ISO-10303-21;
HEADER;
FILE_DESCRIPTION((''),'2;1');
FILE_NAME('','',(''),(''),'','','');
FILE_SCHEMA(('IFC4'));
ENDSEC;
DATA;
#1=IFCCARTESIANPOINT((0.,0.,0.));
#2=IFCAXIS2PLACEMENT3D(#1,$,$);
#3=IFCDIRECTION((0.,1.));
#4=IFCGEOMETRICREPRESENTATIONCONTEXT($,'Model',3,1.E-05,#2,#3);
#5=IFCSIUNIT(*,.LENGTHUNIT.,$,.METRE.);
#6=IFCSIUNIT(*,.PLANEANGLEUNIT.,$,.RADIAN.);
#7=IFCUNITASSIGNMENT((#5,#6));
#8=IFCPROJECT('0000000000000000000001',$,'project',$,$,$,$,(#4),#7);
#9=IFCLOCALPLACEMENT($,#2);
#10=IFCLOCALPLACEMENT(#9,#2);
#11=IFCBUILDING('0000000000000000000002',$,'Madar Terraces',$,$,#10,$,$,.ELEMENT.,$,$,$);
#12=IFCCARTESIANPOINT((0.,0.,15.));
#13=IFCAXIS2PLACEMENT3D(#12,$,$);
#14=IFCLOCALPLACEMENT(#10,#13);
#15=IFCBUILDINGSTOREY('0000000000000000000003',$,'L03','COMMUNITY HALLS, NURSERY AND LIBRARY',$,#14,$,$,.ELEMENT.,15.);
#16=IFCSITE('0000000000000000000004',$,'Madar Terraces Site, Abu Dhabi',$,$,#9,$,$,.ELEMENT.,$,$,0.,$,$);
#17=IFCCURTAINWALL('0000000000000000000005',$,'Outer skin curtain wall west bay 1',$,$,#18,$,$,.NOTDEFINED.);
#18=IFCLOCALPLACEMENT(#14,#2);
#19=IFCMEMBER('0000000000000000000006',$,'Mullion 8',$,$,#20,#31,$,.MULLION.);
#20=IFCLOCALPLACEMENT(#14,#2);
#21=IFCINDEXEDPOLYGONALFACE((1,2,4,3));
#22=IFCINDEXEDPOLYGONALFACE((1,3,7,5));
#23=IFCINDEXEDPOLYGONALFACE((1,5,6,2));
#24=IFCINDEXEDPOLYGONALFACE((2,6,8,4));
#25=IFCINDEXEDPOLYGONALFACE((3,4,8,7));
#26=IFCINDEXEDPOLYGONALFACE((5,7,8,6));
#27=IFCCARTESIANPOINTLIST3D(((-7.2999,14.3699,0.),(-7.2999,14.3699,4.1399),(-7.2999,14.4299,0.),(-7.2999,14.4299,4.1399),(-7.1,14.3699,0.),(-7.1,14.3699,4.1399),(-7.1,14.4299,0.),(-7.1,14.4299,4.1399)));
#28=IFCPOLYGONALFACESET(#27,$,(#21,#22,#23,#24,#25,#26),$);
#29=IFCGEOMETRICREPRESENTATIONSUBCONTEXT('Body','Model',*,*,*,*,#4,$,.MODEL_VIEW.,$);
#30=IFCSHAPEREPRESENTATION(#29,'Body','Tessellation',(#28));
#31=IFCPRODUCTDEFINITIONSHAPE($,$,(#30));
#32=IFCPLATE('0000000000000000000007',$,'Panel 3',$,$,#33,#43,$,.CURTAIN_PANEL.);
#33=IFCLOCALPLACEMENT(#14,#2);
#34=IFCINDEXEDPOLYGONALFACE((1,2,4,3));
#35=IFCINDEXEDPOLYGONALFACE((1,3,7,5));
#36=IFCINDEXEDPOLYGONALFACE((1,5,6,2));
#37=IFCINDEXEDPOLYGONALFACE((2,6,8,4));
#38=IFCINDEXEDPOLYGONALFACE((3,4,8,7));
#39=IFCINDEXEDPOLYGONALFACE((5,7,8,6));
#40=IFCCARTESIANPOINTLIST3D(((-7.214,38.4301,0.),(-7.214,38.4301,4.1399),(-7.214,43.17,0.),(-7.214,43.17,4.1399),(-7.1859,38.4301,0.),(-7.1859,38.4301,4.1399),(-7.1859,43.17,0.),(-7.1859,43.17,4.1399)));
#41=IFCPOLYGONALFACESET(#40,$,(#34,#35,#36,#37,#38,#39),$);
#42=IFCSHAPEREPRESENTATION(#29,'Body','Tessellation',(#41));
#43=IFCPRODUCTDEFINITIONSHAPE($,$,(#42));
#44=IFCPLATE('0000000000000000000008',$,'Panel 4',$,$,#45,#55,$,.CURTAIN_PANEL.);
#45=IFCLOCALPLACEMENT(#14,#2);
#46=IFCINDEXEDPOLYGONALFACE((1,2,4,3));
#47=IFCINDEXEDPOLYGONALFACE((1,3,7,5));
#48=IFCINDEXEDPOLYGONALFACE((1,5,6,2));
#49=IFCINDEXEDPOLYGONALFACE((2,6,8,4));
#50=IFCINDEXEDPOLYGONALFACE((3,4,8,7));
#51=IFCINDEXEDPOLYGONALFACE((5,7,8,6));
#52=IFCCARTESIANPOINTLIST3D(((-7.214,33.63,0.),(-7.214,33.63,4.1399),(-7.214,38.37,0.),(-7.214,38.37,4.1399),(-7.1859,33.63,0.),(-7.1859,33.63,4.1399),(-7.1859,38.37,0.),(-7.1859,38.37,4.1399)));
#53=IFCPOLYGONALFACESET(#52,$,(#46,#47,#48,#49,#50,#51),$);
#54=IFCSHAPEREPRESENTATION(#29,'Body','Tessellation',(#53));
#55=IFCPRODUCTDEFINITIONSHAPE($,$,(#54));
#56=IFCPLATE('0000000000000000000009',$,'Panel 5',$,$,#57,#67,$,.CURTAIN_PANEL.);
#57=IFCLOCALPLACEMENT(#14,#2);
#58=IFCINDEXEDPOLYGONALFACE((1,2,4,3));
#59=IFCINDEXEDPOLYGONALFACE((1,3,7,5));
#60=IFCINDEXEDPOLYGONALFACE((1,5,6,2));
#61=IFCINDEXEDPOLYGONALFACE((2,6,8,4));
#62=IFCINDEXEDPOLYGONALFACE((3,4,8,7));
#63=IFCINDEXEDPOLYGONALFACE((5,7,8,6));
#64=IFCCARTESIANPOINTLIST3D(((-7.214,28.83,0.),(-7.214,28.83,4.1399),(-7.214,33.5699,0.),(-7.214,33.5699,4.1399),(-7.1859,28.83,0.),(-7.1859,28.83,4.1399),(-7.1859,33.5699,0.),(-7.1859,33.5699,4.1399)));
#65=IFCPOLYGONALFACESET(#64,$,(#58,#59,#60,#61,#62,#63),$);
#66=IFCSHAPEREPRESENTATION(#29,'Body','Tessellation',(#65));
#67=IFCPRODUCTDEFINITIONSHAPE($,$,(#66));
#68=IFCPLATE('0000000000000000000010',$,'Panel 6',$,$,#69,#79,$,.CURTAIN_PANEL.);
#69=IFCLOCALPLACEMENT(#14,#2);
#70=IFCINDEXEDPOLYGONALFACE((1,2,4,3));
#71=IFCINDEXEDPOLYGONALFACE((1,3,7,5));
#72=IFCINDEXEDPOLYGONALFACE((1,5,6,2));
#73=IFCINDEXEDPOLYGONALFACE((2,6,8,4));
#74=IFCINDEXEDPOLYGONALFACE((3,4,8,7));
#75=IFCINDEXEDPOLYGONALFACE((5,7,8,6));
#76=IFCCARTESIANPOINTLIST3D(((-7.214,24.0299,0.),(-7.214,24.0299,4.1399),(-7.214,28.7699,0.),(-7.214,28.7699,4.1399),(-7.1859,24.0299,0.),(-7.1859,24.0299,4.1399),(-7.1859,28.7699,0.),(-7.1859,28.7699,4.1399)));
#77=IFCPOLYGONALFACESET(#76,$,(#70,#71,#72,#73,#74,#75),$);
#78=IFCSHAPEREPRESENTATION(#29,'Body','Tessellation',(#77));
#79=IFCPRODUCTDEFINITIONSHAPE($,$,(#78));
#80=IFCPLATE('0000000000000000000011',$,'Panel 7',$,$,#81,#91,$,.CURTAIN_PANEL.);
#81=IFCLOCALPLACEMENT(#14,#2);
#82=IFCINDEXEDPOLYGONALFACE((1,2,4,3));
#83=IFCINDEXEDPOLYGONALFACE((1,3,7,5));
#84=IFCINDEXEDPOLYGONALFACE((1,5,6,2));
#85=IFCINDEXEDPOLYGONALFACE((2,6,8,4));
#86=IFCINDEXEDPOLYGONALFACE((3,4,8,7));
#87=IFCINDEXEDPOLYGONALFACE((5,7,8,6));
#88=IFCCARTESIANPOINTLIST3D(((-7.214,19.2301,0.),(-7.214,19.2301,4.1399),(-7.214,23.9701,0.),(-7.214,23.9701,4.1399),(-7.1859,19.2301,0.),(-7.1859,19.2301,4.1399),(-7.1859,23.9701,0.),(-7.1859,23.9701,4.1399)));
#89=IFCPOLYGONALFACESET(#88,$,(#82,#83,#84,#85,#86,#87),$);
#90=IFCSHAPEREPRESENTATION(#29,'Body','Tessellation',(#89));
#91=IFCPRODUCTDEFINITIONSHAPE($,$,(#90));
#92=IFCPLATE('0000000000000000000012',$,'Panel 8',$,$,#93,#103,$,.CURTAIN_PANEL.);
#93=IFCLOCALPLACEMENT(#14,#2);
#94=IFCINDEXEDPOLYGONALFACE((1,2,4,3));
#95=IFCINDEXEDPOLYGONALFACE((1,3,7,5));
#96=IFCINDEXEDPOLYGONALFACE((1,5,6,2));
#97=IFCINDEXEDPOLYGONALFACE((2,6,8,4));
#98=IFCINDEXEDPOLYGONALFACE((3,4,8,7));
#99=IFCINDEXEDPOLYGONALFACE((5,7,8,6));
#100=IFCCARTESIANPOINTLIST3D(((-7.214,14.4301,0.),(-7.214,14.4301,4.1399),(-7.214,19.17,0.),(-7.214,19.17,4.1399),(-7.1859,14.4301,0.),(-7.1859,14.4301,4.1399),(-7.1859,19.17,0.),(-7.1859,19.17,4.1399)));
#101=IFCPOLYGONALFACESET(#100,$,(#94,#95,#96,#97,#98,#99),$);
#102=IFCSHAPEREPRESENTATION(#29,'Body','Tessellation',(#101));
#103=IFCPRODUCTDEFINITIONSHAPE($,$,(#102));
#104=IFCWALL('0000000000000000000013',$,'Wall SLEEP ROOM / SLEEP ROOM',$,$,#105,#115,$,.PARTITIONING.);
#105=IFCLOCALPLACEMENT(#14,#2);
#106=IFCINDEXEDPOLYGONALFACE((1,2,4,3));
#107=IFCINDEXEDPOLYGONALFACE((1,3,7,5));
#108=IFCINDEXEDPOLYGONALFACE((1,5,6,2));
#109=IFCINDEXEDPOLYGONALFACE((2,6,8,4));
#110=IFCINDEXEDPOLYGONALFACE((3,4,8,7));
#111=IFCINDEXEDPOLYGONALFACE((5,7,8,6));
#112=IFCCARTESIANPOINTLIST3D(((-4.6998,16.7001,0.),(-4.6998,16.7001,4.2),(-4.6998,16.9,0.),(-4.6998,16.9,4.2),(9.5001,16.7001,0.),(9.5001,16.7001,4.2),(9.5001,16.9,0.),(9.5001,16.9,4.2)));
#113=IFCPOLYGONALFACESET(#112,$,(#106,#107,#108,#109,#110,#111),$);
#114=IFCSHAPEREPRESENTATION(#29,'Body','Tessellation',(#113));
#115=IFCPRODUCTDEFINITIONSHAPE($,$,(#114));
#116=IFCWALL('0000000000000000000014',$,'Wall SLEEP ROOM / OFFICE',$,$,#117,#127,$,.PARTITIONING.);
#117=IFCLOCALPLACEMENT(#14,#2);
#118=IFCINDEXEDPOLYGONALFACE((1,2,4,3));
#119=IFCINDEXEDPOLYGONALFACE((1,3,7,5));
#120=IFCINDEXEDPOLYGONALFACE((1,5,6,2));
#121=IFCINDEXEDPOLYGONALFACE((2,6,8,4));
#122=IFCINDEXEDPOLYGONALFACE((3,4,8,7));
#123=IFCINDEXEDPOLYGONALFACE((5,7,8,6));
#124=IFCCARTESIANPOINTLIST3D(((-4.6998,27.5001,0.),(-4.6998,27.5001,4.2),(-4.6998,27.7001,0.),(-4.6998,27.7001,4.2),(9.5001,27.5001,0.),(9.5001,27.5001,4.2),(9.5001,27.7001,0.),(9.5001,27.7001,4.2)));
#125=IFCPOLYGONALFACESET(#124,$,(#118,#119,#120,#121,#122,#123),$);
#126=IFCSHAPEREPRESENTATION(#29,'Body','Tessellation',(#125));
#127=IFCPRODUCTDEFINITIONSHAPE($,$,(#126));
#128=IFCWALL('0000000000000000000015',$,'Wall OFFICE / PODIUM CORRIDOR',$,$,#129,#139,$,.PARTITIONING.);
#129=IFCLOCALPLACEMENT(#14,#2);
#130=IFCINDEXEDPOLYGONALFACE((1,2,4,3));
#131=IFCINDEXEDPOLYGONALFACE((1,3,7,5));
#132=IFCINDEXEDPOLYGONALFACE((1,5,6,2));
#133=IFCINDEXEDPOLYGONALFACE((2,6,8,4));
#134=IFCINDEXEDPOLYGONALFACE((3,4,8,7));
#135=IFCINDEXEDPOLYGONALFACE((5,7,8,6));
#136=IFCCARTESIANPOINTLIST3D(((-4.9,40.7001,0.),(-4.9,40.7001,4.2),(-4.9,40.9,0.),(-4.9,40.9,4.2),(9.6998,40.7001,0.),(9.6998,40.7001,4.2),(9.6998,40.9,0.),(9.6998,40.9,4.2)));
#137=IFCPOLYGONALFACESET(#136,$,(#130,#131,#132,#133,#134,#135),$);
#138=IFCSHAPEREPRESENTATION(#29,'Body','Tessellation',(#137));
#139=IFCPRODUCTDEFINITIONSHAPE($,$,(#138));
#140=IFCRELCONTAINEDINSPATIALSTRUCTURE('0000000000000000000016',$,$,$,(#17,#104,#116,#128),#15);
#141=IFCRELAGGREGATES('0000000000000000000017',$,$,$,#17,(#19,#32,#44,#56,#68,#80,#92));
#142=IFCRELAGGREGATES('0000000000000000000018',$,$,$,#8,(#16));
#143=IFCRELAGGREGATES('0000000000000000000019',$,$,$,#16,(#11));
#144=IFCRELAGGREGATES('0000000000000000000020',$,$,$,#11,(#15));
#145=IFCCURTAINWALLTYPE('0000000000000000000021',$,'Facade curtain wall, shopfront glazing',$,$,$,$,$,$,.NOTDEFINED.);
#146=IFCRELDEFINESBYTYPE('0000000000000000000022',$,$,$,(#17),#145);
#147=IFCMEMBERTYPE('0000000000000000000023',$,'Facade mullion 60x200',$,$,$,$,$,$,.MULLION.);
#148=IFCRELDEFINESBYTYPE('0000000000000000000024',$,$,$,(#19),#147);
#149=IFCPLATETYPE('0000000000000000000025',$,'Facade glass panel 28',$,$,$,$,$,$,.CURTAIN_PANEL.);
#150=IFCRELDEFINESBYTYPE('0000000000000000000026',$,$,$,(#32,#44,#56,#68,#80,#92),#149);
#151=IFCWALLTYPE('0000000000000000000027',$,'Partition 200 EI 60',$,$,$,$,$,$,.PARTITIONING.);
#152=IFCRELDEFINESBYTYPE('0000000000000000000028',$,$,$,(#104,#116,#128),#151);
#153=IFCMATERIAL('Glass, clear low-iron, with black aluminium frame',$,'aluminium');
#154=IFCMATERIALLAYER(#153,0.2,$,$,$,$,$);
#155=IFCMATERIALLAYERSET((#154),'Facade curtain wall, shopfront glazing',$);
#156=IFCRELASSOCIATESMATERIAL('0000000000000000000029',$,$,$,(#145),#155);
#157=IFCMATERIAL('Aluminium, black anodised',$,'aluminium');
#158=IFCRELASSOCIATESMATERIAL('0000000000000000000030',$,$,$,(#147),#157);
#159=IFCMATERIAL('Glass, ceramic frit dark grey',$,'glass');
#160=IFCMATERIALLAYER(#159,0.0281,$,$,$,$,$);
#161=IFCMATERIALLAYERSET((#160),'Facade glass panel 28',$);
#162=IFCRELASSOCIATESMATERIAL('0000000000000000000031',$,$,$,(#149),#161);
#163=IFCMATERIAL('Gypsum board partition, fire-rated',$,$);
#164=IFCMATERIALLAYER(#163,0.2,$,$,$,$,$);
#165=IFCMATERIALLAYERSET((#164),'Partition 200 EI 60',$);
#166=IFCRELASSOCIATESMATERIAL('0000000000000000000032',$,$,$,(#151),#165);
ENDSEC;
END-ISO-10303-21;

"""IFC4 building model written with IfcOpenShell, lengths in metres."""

from ifc_helpers import new_model, si_unit, direction, frame, frame_2d, origin, origin_2d, place, context, subcontext, project, spatial, rectangle, extrude, material, layer, layer_set, material_profile, profile_set, type_object, element, aggregate, save


model = new_model("IFC4")

# Units and contexts
model_context = context("Model", 3, precision=1e-05, world=origin(), true_north=direction((0.0, 1.0)))
body_context = subcontext(model_context, "Body", "Model", "MODEL_VIEW")
ifc_project = project(units=[si_unit("LENGTHUNIT", "METRE"), si_unit("PLANEANGLEUNIT", "RADIAN")], contexts=[model_context])

# Site, building, storey
site_placement = place(None, origin())
site = spatial("IfcSite", under=ifc_project, at=site_placement, Name="Madar Terraces Site, Abu Dhabi", CompositionType="ELEMENT", RefElevation=0.0)
building_placement = place(site_placement, origin())
building = spatial("IfcBuilding", under=site, at=building_placement, Name="Madar Terraces", CompositionType="ELEMENT")
storey_placement = place(building_placement, frame((0.0, 0.0, 15.0)))
storey = spatial("IfcBuildingStorey", under=building, at=storey_placement, Name="L03", Description="COMMUNITY HALLS, NURSERY AND LIBRARY", CompositionType="ELEMENT", Elevation=15.0)

# Curtain wall, member, plates
ifc_material_1 = material(Name="Glass, clear low-iron, with black aluminium frame", Category="aluminium")
ifc_layer_1 = layer(ifc_material_1, 0.2)
ifc_layer_set_1 = layer_set([ifc_layer_1], Name="Facade curtain wall, shopfront glazing")
curtain_wall_type = type_object("IfcCurtainWallType", Name="Facade curtain wall, shopfront glazing", PredefinedType="NOTDEFINED", material=ifc_layer_set_1)
curtain_wall_placement = place(storey_placement, origin())
curtain_wall = element("IfcCurtainWall", 1, at=curtain_wall_placement, inside=storey, type_object=curtain_wall_type, Name="Outer skin curtain wall west bay 1", PredefinedType="NOTDEFINED")
ifc_material_2 = material(Name="Aluminium, black anodised", Category="aluminium")
ifc_material_profile_1 = material_profile(ifc_material_2, rectangle(XDim=0.2, YDim=0.0601, at=origin_2d()), Name="Facade mullion 60x200")
ifc_profile_set_1 = profile_set([ifc_material_profile_1], Name="Aluminium, black anodised")
member_type = type_object("IfcMemberType", Name="Facade mullion 60x200", PredefinedType="MULLION", material=ifc_profile_set_1)
member_1_placement = place(storey_placement, frame((-7.2, 14.3999, 0.0), z_axis=(0.0, 0.0, 1.0), x_axis=(1.0, 0.0, 0.0)))
member_1 = element("IfcMember", 2, at=member_1_placement, type_object=member_type, Name="Mullion 8", PredefinedType="MULLION", context=body_context, shape_type="SweptSolid", body=[
    extrude(rectangle(XDim=0.2, YDim=0.0601, at=origin_2d()), origin(), (0.0, 0.0, 1.0), 4.1399),
])
ifc_material_3 = material(Name="Glass, ceramic frit dark grey", Category="glass")
ifc_layer_2 = layer(ifc_material_3, 0.0281)
ifc_layer_set_2 = layer_set([ifc_layer_2], Name="Facade glass panel 28")
plate_type = type_object("IfcPlateType", Name="Facade glass panel 28", PredefinedType="CURTAIN_PANEL", material=ifc_layer_set_2)
plate_1_placement = place(storey_placement, frame((-7.2, 40.8, 0.0), z_axis=(0.0, 0.0, 1.0), x_axis=(0.0, -1.0, 0.0)))
plate_1 = element("IfcPlate", 3, at=plate_1_placement, type_object=plate_type, Name="Panel 3", PredefinedType="CURTAIN_PANEL", context=body_context, shape_type="SweptSolid", body=[
    extrude(rectangle(XDim=4.74, YDim=0.0281, at=origin_2d()), origin(), (0.0, 0.0, 1.0), 4.1399),
])
plate_2_placement = place(storey_placement, frame((-7.2, 36.0, 0.0), z_axis=(0.0, 0.0, 1.0), x_axis=(0.0, -1.0, 0.0)))
plate_2 = element("IfcPlate", 4, at=plate_2_placement, type_object=plate_type, Name="Panel 4", PredefinedType="CURTAIN_PANEL", context=body_context, shape_type="SweptSolid", body=[
    extrude(rectangle(XDim=4.74, YDim=0.0281, at=origin_2d()), origin(), (0.0, 0.0, 1.0), 4.1399),
])
plate_3_placement = place(storey_placement, frame((-7.2, 31.2, 0.0), z_axis=(0.0, 0.0, 1.0), x_axis=(0.0, -1.0, 0.0)))
plate_3 = element("IfcPlate", 5, at=plate_3_placement, type_object=plate_type, Name="Panel 5", PredefinedType="CURTAIN_PANEL", context=body_context, shape_type="SweptSolid", body=[
    extrude(rectangle(XDim=4.74, YDim=0.0281, at=origin_2d()), origin(), (0.0, 0.0, 1.0), 4.1399),
])
plate_4_placement = place(storey_placement, frame((-7.2, 26.3999, 0.0), z_axis=(0.0, 0.0, 1.0), x_axis=(0.0, -1.0, 0.0)))
plate_4 = element("IfcPlate", 6, at=plate_4_placement, type_object=plate_type, Name="Panel 6", PredefinedType="CURTAIN_PANEL", context=body_context, shape_type="SweptSolid", body=[
    extrude(rectangle(XDim=4.74, YDim=0.0281, at=origin_2d()), origin(), (0.0, 0.0, 1.0), 4.1399),
])
plate_5_placement = place(storey_placement, frame((-7.2, 21.6001, 0.0), z_axis=(0.0, 0.0, 1.0), x_axis=(0.0, -1.0, 0.0)))
plate_5 = element("IfcPlate", 7, at=plate_5_placement, type_object=plate_type, Name="Panel 7", PredefinedType="CURTAIN_PANEL", context=body_context, shape_type="SweptSolid", body=[
    extrude(rectangle(XDim=4.74, YDim=0.0281, at=origin_2d()), origin(), (0.0, 0.0, 1.0), 4.1399),
])
plate_6_placement = place(storey_placement, frame((-7.2, 16.8, 0.0), z_axis=(0.0, 0.0, 1.0), x_axis=(0.0, -1.0, 0.0)))
plate_6 = element("IfcPlate", 8, at=plate_6_placement, type_object=plate_type, Name="Panel 8", PredefinedType="CURTAIN_PANEL", context=body_context, shape_type="SweptSolid", body=[
    extrude(rectangle(XDim=4.74, YDim=0.0281, at=origin_2d()), origin(), (0.0, 0.0, 1.0), 4.1399),
])
aggregate(curtain_wall, [member_1, plate_1, plate_2, plate_3, plate_4, plate_5, plate_6])

# Walls
ifc_material_4 = material(Name="Gypsum board partition, fire-rated")
ifc_layer_3 = layer(ifc_material_4, 0.2)
ifc_layer_set_3 = layer_set([ifc_layer_3], Name="Partition 200 EI 60")
wall_type = type_object("IfcWallType", Name="Partition 200 EI 60", PredefinedType="PARTITIONING", material=ifc_layer_set_3)
for number, where, z_axis, x_axis, name in (
    (9, (-4.7, 16.8, 0.0), (0.0, 0.0, 1.0), (1.0, 0.0, 0.0), "Wall SLEEP ROOM / SLEEP ROOM"),
    (10, (-4.7, 27.6001, 0.0), (0.0, 0.0, 1.0), (1.0, 0.0, 0.0), "Wall SLEEP ROOM / OFFICE"),
):
    element("IfcWall", number, at=place(storey_placement, frame(where, z_axis=z_axis, x_axis=x_axis)), inside=storey, type_object=wall_type, Name=name, PredefinedType="PARTITIONING", context=body_context, shape_type="SweptSolid", body=[
        extrude(rectangle(XDim=14.2, YDim=0.2, at=frame_2d((7.1001, 0.0))), origin(), (0.0, 0.0, 1.0), 4.2),
    ])
wall_1_placement = place(storey_placement, frame((-4.8999, 40.8, 0.0), z_axis=(0.0, 0.0, 1.0), x_axis=(1.0, 0.0, 0.0)))
element("IfcWall", 11, at=wall_1_placement, inside=storey, type_object=wall_type, Name="Wall OFFICE / PODIUM CORRIDOR", PredefinedType="PARTITIONING", context=body_context, shape_type="SweptSolid", body=[
    extrude(rectangle(XDim=14.5999, YDim=0.2, at=frame_2d((7.2998, 0.0))), origin(), (0.0, 0.0, 1.0), 4.2),
])

save(model, "model.ifc")
